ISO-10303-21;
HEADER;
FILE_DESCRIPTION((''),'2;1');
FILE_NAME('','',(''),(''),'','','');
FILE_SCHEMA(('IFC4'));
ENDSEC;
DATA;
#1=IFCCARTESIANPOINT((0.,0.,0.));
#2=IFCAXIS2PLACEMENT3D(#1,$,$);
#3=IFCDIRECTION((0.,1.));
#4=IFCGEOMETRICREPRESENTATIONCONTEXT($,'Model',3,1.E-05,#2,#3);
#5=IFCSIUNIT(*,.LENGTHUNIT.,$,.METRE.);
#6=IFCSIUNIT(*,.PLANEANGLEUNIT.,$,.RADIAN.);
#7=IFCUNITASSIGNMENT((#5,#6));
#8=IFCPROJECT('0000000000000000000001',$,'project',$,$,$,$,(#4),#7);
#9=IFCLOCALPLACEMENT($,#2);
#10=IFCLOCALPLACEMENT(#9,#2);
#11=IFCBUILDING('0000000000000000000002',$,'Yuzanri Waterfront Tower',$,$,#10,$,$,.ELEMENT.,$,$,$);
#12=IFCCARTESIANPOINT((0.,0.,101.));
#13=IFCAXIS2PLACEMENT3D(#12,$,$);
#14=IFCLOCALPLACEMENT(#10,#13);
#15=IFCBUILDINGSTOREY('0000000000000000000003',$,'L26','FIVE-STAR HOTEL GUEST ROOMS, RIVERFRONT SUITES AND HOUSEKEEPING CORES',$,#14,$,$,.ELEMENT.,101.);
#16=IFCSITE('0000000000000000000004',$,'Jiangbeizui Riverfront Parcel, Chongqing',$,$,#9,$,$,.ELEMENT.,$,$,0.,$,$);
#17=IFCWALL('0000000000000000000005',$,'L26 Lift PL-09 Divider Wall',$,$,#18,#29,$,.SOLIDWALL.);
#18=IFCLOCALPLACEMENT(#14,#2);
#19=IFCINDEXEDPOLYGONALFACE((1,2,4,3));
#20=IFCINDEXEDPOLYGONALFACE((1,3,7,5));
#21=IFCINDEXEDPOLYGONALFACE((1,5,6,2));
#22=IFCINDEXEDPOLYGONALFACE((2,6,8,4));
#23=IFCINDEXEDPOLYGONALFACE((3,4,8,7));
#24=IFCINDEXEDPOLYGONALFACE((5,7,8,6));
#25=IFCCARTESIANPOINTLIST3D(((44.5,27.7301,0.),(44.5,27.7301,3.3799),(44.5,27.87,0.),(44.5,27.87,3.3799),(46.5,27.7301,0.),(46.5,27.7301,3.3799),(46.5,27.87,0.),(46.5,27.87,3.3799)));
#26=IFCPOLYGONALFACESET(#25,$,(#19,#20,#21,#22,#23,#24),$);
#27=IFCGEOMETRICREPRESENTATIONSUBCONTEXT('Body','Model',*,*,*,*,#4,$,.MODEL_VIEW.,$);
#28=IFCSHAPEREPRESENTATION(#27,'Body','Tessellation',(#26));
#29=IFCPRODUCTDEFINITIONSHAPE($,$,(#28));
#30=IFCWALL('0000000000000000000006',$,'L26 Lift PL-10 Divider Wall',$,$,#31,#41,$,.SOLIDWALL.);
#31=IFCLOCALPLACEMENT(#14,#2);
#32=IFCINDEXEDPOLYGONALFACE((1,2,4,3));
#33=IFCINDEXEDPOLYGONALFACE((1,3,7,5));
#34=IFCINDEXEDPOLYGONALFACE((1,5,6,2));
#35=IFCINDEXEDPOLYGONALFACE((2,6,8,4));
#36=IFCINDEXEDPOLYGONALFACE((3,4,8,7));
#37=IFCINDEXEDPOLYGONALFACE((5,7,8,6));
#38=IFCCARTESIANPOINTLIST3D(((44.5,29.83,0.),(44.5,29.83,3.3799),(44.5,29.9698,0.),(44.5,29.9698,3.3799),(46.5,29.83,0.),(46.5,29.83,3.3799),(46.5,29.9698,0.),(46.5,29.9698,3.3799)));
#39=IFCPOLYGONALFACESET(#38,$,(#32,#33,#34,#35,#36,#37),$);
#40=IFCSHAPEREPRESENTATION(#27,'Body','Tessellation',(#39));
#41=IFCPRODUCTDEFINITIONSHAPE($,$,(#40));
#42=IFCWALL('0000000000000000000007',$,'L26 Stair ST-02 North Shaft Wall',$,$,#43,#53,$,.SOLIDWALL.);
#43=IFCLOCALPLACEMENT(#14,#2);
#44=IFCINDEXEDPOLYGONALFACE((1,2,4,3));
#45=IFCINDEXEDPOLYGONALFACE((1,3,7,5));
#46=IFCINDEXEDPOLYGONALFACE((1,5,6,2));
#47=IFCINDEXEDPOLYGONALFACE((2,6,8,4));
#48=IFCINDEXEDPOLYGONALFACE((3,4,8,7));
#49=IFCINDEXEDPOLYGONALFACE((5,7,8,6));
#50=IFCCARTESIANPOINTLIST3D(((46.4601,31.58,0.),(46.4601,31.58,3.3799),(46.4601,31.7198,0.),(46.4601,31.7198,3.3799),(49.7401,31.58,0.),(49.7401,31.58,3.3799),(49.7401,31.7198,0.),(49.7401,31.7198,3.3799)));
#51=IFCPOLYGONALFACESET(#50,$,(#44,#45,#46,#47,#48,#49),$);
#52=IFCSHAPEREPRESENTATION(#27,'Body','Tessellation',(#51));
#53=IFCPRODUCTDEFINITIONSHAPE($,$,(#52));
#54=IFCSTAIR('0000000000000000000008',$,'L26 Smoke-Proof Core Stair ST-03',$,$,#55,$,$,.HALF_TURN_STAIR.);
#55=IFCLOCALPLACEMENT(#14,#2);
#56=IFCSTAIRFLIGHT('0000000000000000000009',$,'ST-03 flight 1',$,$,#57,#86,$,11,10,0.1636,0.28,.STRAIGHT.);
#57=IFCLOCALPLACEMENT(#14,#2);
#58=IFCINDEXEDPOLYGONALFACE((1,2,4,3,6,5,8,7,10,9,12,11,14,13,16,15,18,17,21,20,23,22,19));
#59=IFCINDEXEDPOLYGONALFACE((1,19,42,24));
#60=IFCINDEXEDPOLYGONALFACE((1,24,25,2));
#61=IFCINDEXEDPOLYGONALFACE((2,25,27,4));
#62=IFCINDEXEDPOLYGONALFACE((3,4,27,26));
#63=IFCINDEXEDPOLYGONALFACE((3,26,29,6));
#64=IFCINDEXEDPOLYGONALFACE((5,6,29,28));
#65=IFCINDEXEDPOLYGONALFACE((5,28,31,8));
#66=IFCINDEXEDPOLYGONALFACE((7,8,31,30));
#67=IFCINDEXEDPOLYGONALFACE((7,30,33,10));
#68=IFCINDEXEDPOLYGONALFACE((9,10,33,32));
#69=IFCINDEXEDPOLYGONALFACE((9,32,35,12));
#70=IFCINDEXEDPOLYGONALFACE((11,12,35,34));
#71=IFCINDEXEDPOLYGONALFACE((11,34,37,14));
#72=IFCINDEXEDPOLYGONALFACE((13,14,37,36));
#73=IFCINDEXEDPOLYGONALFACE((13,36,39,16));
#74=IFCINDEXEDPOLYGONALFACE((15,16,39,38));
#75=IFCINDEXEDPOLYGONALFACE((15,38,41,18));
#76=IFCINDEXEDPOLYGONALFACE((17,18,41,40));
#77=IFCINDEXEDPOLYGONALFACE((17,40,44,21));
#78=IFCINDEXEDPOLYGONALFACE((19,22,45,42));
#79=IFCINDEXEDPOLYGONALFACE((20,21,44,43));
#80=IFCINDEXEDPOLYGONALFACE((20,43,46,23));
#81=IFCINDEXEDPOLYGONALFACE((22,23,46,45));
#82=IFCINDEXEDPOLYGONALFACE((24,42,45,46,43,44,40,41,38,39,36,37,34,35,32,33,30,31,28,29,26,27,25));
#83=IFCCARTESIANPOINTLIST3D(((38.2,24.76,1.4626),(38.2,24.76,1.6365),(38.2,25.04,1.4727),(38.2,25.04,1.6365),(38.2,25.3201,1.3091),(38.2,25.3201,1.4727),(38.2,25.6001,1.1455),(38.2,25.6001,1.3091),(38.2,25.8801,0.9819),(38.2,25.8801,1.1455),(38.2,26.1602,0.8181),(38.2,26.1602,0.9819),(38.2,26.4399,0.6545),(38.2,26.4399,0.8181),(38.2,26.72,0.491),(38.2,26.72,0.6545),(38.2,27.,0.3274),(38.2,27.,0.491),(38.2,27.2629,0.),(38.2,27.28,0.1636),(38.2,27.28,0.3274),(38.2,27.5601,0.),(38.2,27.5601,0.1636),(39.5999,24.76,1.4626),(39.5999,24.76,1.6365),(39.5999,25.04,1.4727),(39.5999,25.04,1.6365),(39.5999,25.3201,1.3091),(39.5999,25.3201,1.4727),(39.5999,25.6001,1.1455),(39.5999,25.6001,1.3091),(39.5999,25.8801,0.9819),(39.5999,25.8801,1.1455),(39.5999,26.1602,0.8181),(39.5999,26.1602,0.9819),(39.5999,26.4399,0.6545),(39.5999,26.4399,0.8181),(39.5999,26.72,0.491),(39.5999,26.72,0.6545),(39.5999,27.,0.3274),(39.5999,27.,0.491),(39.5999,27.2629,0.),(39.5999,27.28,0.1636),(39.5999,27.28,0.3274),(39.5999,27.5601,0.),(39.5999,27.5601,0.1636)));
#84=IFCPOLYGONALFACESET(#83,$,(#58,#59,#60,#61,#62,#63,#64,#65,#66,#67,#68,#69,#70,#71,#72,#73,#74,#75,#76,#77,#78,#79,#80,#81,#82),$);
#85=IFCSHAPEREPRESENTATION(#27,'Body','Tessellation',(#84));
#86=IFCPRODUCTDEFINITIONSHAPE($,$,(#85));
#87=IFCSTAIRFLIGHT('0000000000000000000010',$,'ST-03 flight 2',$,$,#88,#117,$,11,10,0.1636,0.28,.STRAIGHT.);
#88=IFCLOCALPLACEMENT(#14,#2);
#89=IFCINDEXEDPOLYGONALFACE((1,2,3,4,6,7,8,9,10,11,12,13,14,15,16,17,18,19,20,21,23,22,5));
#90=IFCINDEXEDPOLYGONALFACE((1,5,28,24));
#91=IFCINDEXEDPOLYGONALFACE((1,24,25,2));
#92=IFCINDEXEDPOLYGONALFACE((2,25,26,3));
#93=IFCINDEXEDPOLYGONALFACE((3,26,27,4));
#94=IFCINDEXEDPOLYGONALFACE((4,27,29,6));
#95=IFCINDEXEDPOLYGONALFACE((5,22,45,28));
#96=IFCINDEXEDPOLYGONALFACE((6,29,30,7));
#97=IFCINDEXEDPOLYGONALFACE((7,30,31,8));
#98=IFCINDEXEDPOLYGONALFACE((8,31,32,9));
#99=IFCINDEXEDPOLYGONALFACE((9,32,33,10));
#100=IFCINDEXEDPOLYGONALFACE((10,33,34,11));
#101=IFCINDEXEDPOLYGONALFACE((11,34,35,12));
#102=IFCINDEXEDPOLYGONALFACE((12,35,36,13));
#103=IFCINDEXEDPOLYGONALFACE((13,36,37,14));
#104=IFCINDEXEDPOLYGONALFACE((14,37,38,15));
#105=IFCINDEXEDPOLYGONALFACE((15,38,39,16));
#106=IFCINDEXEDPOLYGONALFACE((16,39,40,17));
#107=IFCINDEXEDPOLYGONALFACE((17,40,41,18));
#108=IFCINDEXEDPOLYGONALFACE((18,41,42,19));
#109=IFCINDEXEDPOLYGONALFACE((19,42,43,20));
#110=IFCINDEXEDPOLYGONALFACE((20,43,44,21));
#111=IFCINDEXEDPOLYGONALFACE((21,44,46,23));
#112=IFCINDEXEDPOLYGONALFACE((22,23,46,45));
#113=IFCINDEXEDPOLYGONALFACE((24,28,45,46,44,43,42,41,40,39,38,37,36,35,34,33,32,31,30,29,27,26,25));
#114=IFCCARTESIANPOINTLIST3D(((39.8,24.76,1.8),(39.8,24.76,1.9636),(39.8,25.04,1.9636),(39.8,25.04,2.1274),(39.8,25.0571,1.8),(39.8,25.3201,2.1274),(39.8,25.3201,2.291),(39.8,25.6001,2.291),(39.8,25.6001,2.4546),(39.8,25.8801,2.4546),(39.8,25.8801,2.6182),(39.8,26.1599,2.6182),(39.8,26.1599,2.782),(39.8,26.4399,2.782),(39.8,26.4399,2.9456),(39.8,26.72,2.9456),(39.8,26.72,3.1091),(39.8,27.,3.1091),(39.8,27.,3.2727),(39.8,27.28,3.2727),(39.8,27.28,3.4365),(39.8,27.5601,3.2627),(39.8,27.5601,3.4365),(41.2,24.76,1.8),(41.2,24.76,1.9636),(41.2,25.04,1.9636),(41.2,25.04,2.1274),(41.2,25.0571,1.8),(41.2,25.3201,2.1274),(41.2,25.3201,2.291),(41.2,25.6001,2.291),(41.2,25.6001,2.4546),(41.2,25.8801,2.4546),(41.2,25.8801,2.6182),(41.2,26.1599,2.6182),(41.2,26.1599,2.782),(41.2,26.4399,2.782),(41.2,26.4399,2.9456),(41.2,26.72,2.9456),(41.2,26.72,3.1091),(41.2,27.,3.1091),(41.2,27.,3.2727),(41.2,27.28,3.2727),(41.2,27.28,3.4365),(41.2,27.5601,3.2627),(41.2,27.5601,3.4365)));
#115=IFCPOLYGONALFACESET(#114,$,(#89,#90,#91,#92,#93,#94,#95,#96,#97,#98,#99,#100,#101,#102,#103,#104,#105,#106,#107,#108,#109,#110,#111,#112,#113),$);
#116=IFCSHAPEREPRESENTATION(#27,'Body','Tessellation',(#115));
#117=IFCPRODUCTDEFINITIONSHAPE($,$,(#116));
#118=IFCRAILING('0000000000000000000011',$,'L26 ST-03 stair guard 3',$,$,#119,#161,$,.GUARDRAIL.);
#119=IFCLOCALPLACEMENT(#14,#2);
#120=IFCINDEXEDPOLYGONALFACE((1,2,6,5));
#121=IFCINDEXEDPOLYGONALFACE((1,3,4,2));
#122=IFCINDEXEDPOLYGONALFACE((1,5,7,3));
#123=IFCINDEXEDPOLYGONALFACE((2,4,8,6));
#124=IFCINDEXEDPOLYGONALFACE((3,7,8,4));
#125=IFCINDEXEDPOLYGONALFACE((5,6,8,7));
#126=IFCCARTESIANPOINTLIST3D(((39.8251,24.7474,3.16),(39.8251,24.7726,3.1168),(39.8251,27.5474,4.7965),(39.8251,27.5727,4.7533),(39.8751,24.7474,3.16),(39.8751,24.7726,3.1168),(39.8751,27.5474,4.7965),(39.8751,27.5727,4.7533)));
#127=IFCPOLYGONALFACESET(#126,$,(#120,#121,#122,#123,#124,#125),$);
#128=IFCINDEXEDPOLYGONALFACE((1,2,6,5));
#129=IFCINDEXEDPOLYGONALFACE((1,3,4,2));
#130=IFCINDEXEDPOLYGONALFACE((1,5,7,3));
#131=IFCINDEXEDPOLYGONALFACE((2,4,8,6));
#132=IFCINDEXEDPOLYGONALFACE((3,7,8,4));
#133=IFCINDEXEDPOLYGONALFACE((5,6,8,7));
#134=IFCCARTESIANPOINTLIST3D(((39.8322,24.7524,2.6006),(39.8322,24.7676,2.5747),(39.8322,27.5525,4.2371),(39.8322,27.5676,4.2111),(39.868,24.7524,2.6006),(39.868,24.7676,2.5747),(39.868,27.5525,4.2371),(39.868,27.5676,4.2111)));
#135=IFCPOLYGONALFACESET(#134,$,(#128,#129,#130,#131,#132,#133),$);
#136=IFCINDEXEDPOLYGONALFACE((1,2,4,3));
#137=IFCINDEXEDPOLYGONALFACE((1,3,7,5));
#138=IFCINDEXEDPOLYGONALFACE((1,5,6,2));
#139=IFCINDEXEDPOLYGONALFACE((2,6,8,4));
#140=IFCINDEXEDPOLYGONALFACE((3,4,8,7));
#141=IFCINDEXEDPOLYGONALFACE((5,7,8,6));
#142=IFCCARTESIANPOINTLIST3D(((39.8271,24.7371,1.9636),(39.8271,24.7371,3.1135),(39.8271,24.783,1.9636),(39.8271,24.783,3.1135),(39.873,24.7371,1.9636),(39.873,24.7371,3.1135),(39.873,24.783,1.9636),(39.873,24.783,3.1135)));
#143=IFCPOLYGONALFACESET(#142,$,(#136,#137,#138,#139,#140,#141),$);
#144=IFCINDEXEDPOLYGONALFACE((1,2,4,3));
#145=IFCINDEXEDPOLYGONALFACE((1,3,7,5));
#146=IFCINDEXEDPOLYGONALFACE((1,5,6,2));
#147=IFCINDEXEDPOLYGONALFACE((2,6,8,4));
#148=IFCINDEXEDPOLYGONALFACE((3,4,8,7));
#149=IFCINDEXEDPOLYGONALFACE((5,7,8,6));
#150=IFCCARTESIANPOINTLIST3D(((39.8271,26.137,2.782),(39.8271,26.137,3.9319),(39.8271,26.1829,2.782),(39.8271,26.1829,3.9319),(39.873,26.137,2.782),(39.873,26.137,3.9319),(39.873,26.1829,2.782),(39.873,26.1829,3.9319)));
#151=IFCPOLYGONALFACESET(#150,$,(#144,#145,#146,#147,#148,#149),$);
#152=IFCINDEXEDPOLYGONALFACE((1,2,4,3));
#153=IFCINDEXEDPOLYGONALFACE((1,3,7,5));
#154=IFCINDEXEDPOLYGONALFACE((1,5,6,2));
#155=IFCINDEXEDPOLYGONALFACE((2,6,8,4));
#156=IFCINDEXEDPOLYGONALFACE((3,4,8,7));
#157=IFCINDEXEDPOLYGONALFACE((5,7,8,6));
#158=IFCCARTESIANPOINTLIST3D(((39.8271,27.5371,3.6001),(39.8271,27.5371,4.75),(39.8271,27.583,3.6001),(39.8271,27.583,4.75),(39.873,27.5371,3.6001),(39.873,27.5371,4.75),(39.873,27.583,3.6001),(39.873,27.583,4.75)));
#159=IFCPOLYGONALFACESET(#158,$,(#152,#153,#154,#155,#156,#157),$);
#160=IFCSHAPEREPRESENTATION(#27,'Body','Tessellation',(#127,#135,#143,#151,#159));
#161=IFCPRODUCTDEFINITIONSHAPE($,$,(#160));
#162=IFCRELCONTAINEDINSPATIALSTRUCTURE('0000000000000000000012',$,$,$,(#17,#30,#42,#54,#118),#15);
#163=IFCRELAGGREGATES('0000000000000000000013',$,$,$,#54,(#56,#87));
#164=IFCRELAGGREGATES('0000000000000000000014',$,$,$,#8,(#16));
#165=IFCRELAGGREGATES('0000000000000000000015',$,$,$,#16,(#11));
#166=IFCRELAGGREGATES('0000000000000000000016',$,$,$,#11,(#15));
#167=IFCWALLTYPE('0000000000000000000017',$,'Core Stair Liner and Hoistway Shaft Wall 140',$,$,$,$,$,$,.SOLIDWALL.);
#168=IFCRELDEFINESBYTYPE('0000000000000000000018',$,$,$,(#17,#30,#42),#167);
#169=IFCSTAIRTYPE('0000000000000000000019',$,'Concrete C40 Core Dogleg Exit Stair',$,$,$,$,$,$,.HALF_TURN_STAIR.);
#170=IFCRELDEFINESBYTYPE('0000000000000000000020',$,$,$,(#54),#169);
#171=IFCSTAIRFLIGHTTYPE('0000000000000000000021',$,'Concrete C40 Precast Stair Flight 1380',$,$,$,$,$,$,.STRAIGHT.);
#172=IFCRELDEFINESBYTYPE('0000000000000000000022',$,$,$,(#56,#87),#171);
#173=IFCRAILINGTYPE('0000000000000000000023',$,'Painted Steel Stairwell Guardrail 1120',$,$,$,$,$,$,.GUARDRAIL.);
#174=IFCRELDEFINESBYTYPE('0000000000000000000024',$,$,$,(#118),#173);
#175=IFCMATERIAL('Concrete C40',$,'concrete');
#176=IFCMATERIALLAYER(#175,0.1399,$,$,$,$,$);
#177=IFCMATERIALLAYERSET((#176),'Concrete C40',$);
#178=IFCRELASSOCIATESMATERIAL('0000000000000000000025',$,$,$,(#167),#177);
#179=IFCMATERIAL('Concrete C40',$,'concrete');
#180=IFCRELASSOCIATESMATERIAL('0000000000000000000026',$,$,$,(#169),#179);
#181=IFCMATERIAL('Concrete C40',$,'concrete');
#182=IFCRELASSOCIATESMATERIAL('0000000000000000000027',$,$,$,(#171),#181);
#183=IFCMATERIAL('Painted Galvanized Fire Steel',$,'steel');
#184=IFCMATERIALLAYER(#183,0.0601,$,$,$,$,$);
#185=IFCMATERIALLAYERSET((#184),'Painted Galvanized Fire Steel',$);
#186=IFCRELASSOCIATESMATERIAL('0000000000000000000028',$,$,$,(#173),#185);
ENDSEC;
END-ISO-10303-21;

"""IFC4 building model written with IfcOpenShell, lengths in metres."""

from ifc_helpers import new_model, si_unit, direction, frame, frame_2d, origin, origin_2d, place, context, subcontext, project, spatial, polyline, rectangle, outline, extrude, source, transform, mapped, material, layer, layer_set, type_object, element, aggregate, save


model = new_model("IFC4")

# Units and contexts
model_context = context("Model", 3, precision=1e-05, world=origin(), true_north=direction((0.0, 1.0)))
body_context = subcontext(model_context, "Body", "Model", "MODEL_VIEW")
ifc_project = project(units=[si_unit("LENGTHUNIT", "METRE"), si_unit("PLANEANGLEUNIT", "RADIAN")], contexts=[model_context])

# Site, building, storey
site_placement = place(None, origin())
site = spatial("IfcSite", under=ifc_project, at=site_placement, Name="Jiangbeizui Riverfront Parcel, Chongqing", CompositionType="ELEMENT", RefElevation=0.0)
building_placement = place(site_placement, origin())
building = spatial("IfcBuilding", under=site, at=building_placement, Name="Yuzanri Waterfront Tower", CompositionType="ELEMENT")
storey_placement = place(building_placement, frame((0.0, 0.0, 101.0)))
storey = spatial("IfcBuildingStorey", under=building, at=storey_placement, Name="L26", Description="FIVE-STAR HOTEL GUEST ROOMS, RIVERFRONT SUITES AND HOUSEKEEPING CORES", CompositionType="ELEMENT", Elevation=101.0)

# Shared definitions
ifc_material_1 = material(Name="Concrete C40", Category="concrete")
ifc_layer_1 = layer(ifc_material_1, 0.1399)
ifc_layer_set_1 = layer_set([ifc_layer_1], Name="Concrete C40")
wall_type = type_object("IfcWallType", Name="Core Stair Liner and Hoistway Shaft Wall 140", PredefinedType="SOLIDWALL", material=ifc_layer_set_1)

# Walls
shared_shape_1 = source(origin(), body_context, "Body", "SweptSolid", [
    extrude(rectangle(XDim=2.0, YDim=0.1399, at=frame_2d((1.0, 0.0))), origin(), (0.0, 0.0, 1.0), 3.3799),
])
for number, where, z_axis, x_axis, name in (
    (1, (44.5, 27.8, 0.0), (0.0, 0.0, 1.0), (1.0, 0.0, 0.0), "L26 Lift PL-09 Divider Wall"),
    (2, (44.5, 29.8999, 0.0), (0.0, 0.0, 1.0), (1.0, 0.0, 0.0), "L26 Lift PL-10 Divider Wall"),
):
    element("IfcWall", number, at=place(storey_placement, frame(where, z_axis=z_axis, x_axis=x_axis)), inside=storey, type_object=wall_type, Name=name, PredefinedType="SOLIDWALL", context=body_context, shape_type="MappedRepresentation", body=[
        mapped(shared_shape_1, transform((0.0, 0.0, 0.0), scale=1.0)),
    ])
shared_shape_2 = source(origin(), body_context, "Body", "SweptSolid", [
    extrude(rectangle(XDim=3.28, YDim=0.1399, at=frame_2d((1.6401, 0.0))), origin(), (0.0, 0.0, 1.0), 3.3799),
])
wall_1_placement = place(storey_placement, frame((46.46, 31.6499, 0.0), z_axis=(0.0, 0.0, 1.0), x_axis=(1.0, 0.0, 0.0)))
element("IfcWall", 3, at=wall_1_placement, inside=storey, type_object=wall_type, Name="L26 Stair ST-02 North Shaft Wall", PredefinedType="SOLIDWALL", context=body_context, shape_type="MappedRepresentation", body=[
    mapped(shared_shape_2, transform((0.0, 0.0, 0.0), scale=1.0)),
])

# Stair, stair flights
ifc_material_2 = material(Name="Concrete C40", Category="concrete")
stair_type = type_object("IfcStairType", Name="Concrete C40 Core Dogleg Exit Stair", PredefinedType="HALF_TURN_STAIR", material=ifc_material_2)
stair_placement = place(storey_placement, origin())
stair = element("IfcStair", 4, at=stair_placement, inside=storey, type_object=stair_type, Name="L26 Smoke-Proof Core Stair ST-03", PredefinedType="HALF_TURN_STAIR")
ifc_material_3 = material(Name="Concrete C40", Category="concrete")
stair_flight_type = type_object("IfcStairFlightType", Name="Concrete C40 Precast Stair Flight 1380", PredefinedType="STRAIGHT", material=ifc_material_3)
shared_shape_3 = source(origin(), body_context, "Body", "SweptSolid", [
    extrude(outline(polyline([(0.0, 0.0), (0.0, 0.1636), (0.28, 0.1636), (0.28, 0.3274), (0.5601, 0.3274), (0.5601, 0.491), (0.8401, 0.491), (0.8401, 0.6545), (1.1201, 0.6545), (1.1201, 0.8181), (1.3999, 0.8181), (1.3999, 0.9819), (1.6799, 0.9819), (1.6799, 1.1455), (1.96, 1.1455), (1.96, 1.3091), (2.24, 1.3091), (2.24, 1.4727), (2.52, 1.4727), (2.52, 1.6365), (2.8, 1.6365), (2.8, 1.8), (2.8, 1.4626), (0.2971, 0.0), (0.0, 0.0)])), frame((0.0, 0.7, 0.0), z_axis=(0.0, -1.0, 0.0), x_axis=(1.0, 0.0, 0.0)), (0.0, 0.0, 1.0), 1.3999),
])
stair_flight_1_placement = place(storey_placement, frame((38.8999, 27.5601, 0.0), z_axis=(0.0, 0.0, 1.0), x_axis=(0.0, -1.0, 0.0)))
stair_flight_1 = element("IfcStairFlight", 5, at=stair_flight_1_placement, type_object=stair_flight_type, Name="ST-03 flight 1", NumberOfRisers=11, NumberOfTreads=10, PredefinedType="STRAIGHT", RiserHeight=0.1636, TreadLength=0.28, context=body_context, shape_type="MappedRepresentation", body=[
    mapped(shared_shape_3, transform((0.0, 0.0, 0.0), scale=1.0)),
])
stair_flight_2_placement = place(storey_placement, frame((40.5, 24.76, 1.8), z_axis=(0.0, 0.0, 1.0), x_axis=(0.0, 1.0, 0.0)))
stair_flight_2 = element("IfcStairFlight", 6, at=stair_flight_2_placement, type_object=stair_flight_type, Name="ST-03 flight 2", NumberOfRisers=11, NumberOfTreads=10, PredefinedType="STRAIGHT", RiserHeight=0.1636, TreadLength=0.28, context=body_context, shape_type="MappedRepresentation", body=[
    mapped(shared_shape_3, transform((0.0, 0.0, 0.0), scale=1.0)),
])
aggregate(stair, [stair_flight_1, stair_flight_2])

# Railing
ifc_material_4 = material(Name="Painted Galvanized Fire Steel", Category="steel")
ifc_layer_2 = layer(ifc_material_4, 0.0601)
ifc_layer_set_2 = layer_set([ifc_layer_2], Name="Painted Galvanized Fire Steel")
railing_type_1 = type_object("IfcRailingType", Name="Painted Steel Stairwell Guardrail 1120", PredefinedType="GUARDRAIL", material=ifc_layer_set_2)
shared_shape_4 = source(origin(), body_context, "Body", "SweptSolid", [
    extrude(rectangle(XDim=0.05, YDim=0.05, at=origin_2d()), frame((0.0, 0.0, 1.1748), z_axis=(0.0, 0.863361, 0.504587), x_axis=(-1.0, 0.0, 0.0)), (0.0, 0.0, 1.0), 3.2432),
    extrude(rectangle(XDim=0.0359, YDim=0.03, at=origin_2d()), frame((0.0, 0.0, 0.624), z_axis=(0.0, 0.863361, 0.504587), x_axis=(-1.0, 0.0, 0.0)), (0.0, 0.0, 1.0), 3.2432),
    extrude(rectangle(XDim=0.0459, YDim=0.0459, at=origin_2d()), origin(), (0.0, 0.0, 1.0), 1.1499),
    extrude(rectangle(XDim=0.0459, YDim=0.0459, at=origin_2d()), frame((0.0, 1.3999, 0.8184)), (0.0, 0.0, 1.0), 1.1499),
    extrude(rectangle(XDim=0.0459, YDim=0.0459, at=origin_2d()), frame((0.0, 2.8, 1.6365)), (0.0, 0.0, 1.0), 1.1499),
])
railing_1_placement = place(storey_placement, frame((39.8501, 24.76, 1.9636)))
element("IfcRailing", 7, at=railing_1_placement, inside=storey, type_object=railing_type_1, Name="L26 ST-03 stair guard 3", PredefinedType="GUARDRAIL", context=body_context, shape_type="MappedRepresentation", body=[
    mapped(shared_shape_4, transform((0.0, 0.0, 0.0), scale=1.0)),
])

save(model, "model.ifc")
